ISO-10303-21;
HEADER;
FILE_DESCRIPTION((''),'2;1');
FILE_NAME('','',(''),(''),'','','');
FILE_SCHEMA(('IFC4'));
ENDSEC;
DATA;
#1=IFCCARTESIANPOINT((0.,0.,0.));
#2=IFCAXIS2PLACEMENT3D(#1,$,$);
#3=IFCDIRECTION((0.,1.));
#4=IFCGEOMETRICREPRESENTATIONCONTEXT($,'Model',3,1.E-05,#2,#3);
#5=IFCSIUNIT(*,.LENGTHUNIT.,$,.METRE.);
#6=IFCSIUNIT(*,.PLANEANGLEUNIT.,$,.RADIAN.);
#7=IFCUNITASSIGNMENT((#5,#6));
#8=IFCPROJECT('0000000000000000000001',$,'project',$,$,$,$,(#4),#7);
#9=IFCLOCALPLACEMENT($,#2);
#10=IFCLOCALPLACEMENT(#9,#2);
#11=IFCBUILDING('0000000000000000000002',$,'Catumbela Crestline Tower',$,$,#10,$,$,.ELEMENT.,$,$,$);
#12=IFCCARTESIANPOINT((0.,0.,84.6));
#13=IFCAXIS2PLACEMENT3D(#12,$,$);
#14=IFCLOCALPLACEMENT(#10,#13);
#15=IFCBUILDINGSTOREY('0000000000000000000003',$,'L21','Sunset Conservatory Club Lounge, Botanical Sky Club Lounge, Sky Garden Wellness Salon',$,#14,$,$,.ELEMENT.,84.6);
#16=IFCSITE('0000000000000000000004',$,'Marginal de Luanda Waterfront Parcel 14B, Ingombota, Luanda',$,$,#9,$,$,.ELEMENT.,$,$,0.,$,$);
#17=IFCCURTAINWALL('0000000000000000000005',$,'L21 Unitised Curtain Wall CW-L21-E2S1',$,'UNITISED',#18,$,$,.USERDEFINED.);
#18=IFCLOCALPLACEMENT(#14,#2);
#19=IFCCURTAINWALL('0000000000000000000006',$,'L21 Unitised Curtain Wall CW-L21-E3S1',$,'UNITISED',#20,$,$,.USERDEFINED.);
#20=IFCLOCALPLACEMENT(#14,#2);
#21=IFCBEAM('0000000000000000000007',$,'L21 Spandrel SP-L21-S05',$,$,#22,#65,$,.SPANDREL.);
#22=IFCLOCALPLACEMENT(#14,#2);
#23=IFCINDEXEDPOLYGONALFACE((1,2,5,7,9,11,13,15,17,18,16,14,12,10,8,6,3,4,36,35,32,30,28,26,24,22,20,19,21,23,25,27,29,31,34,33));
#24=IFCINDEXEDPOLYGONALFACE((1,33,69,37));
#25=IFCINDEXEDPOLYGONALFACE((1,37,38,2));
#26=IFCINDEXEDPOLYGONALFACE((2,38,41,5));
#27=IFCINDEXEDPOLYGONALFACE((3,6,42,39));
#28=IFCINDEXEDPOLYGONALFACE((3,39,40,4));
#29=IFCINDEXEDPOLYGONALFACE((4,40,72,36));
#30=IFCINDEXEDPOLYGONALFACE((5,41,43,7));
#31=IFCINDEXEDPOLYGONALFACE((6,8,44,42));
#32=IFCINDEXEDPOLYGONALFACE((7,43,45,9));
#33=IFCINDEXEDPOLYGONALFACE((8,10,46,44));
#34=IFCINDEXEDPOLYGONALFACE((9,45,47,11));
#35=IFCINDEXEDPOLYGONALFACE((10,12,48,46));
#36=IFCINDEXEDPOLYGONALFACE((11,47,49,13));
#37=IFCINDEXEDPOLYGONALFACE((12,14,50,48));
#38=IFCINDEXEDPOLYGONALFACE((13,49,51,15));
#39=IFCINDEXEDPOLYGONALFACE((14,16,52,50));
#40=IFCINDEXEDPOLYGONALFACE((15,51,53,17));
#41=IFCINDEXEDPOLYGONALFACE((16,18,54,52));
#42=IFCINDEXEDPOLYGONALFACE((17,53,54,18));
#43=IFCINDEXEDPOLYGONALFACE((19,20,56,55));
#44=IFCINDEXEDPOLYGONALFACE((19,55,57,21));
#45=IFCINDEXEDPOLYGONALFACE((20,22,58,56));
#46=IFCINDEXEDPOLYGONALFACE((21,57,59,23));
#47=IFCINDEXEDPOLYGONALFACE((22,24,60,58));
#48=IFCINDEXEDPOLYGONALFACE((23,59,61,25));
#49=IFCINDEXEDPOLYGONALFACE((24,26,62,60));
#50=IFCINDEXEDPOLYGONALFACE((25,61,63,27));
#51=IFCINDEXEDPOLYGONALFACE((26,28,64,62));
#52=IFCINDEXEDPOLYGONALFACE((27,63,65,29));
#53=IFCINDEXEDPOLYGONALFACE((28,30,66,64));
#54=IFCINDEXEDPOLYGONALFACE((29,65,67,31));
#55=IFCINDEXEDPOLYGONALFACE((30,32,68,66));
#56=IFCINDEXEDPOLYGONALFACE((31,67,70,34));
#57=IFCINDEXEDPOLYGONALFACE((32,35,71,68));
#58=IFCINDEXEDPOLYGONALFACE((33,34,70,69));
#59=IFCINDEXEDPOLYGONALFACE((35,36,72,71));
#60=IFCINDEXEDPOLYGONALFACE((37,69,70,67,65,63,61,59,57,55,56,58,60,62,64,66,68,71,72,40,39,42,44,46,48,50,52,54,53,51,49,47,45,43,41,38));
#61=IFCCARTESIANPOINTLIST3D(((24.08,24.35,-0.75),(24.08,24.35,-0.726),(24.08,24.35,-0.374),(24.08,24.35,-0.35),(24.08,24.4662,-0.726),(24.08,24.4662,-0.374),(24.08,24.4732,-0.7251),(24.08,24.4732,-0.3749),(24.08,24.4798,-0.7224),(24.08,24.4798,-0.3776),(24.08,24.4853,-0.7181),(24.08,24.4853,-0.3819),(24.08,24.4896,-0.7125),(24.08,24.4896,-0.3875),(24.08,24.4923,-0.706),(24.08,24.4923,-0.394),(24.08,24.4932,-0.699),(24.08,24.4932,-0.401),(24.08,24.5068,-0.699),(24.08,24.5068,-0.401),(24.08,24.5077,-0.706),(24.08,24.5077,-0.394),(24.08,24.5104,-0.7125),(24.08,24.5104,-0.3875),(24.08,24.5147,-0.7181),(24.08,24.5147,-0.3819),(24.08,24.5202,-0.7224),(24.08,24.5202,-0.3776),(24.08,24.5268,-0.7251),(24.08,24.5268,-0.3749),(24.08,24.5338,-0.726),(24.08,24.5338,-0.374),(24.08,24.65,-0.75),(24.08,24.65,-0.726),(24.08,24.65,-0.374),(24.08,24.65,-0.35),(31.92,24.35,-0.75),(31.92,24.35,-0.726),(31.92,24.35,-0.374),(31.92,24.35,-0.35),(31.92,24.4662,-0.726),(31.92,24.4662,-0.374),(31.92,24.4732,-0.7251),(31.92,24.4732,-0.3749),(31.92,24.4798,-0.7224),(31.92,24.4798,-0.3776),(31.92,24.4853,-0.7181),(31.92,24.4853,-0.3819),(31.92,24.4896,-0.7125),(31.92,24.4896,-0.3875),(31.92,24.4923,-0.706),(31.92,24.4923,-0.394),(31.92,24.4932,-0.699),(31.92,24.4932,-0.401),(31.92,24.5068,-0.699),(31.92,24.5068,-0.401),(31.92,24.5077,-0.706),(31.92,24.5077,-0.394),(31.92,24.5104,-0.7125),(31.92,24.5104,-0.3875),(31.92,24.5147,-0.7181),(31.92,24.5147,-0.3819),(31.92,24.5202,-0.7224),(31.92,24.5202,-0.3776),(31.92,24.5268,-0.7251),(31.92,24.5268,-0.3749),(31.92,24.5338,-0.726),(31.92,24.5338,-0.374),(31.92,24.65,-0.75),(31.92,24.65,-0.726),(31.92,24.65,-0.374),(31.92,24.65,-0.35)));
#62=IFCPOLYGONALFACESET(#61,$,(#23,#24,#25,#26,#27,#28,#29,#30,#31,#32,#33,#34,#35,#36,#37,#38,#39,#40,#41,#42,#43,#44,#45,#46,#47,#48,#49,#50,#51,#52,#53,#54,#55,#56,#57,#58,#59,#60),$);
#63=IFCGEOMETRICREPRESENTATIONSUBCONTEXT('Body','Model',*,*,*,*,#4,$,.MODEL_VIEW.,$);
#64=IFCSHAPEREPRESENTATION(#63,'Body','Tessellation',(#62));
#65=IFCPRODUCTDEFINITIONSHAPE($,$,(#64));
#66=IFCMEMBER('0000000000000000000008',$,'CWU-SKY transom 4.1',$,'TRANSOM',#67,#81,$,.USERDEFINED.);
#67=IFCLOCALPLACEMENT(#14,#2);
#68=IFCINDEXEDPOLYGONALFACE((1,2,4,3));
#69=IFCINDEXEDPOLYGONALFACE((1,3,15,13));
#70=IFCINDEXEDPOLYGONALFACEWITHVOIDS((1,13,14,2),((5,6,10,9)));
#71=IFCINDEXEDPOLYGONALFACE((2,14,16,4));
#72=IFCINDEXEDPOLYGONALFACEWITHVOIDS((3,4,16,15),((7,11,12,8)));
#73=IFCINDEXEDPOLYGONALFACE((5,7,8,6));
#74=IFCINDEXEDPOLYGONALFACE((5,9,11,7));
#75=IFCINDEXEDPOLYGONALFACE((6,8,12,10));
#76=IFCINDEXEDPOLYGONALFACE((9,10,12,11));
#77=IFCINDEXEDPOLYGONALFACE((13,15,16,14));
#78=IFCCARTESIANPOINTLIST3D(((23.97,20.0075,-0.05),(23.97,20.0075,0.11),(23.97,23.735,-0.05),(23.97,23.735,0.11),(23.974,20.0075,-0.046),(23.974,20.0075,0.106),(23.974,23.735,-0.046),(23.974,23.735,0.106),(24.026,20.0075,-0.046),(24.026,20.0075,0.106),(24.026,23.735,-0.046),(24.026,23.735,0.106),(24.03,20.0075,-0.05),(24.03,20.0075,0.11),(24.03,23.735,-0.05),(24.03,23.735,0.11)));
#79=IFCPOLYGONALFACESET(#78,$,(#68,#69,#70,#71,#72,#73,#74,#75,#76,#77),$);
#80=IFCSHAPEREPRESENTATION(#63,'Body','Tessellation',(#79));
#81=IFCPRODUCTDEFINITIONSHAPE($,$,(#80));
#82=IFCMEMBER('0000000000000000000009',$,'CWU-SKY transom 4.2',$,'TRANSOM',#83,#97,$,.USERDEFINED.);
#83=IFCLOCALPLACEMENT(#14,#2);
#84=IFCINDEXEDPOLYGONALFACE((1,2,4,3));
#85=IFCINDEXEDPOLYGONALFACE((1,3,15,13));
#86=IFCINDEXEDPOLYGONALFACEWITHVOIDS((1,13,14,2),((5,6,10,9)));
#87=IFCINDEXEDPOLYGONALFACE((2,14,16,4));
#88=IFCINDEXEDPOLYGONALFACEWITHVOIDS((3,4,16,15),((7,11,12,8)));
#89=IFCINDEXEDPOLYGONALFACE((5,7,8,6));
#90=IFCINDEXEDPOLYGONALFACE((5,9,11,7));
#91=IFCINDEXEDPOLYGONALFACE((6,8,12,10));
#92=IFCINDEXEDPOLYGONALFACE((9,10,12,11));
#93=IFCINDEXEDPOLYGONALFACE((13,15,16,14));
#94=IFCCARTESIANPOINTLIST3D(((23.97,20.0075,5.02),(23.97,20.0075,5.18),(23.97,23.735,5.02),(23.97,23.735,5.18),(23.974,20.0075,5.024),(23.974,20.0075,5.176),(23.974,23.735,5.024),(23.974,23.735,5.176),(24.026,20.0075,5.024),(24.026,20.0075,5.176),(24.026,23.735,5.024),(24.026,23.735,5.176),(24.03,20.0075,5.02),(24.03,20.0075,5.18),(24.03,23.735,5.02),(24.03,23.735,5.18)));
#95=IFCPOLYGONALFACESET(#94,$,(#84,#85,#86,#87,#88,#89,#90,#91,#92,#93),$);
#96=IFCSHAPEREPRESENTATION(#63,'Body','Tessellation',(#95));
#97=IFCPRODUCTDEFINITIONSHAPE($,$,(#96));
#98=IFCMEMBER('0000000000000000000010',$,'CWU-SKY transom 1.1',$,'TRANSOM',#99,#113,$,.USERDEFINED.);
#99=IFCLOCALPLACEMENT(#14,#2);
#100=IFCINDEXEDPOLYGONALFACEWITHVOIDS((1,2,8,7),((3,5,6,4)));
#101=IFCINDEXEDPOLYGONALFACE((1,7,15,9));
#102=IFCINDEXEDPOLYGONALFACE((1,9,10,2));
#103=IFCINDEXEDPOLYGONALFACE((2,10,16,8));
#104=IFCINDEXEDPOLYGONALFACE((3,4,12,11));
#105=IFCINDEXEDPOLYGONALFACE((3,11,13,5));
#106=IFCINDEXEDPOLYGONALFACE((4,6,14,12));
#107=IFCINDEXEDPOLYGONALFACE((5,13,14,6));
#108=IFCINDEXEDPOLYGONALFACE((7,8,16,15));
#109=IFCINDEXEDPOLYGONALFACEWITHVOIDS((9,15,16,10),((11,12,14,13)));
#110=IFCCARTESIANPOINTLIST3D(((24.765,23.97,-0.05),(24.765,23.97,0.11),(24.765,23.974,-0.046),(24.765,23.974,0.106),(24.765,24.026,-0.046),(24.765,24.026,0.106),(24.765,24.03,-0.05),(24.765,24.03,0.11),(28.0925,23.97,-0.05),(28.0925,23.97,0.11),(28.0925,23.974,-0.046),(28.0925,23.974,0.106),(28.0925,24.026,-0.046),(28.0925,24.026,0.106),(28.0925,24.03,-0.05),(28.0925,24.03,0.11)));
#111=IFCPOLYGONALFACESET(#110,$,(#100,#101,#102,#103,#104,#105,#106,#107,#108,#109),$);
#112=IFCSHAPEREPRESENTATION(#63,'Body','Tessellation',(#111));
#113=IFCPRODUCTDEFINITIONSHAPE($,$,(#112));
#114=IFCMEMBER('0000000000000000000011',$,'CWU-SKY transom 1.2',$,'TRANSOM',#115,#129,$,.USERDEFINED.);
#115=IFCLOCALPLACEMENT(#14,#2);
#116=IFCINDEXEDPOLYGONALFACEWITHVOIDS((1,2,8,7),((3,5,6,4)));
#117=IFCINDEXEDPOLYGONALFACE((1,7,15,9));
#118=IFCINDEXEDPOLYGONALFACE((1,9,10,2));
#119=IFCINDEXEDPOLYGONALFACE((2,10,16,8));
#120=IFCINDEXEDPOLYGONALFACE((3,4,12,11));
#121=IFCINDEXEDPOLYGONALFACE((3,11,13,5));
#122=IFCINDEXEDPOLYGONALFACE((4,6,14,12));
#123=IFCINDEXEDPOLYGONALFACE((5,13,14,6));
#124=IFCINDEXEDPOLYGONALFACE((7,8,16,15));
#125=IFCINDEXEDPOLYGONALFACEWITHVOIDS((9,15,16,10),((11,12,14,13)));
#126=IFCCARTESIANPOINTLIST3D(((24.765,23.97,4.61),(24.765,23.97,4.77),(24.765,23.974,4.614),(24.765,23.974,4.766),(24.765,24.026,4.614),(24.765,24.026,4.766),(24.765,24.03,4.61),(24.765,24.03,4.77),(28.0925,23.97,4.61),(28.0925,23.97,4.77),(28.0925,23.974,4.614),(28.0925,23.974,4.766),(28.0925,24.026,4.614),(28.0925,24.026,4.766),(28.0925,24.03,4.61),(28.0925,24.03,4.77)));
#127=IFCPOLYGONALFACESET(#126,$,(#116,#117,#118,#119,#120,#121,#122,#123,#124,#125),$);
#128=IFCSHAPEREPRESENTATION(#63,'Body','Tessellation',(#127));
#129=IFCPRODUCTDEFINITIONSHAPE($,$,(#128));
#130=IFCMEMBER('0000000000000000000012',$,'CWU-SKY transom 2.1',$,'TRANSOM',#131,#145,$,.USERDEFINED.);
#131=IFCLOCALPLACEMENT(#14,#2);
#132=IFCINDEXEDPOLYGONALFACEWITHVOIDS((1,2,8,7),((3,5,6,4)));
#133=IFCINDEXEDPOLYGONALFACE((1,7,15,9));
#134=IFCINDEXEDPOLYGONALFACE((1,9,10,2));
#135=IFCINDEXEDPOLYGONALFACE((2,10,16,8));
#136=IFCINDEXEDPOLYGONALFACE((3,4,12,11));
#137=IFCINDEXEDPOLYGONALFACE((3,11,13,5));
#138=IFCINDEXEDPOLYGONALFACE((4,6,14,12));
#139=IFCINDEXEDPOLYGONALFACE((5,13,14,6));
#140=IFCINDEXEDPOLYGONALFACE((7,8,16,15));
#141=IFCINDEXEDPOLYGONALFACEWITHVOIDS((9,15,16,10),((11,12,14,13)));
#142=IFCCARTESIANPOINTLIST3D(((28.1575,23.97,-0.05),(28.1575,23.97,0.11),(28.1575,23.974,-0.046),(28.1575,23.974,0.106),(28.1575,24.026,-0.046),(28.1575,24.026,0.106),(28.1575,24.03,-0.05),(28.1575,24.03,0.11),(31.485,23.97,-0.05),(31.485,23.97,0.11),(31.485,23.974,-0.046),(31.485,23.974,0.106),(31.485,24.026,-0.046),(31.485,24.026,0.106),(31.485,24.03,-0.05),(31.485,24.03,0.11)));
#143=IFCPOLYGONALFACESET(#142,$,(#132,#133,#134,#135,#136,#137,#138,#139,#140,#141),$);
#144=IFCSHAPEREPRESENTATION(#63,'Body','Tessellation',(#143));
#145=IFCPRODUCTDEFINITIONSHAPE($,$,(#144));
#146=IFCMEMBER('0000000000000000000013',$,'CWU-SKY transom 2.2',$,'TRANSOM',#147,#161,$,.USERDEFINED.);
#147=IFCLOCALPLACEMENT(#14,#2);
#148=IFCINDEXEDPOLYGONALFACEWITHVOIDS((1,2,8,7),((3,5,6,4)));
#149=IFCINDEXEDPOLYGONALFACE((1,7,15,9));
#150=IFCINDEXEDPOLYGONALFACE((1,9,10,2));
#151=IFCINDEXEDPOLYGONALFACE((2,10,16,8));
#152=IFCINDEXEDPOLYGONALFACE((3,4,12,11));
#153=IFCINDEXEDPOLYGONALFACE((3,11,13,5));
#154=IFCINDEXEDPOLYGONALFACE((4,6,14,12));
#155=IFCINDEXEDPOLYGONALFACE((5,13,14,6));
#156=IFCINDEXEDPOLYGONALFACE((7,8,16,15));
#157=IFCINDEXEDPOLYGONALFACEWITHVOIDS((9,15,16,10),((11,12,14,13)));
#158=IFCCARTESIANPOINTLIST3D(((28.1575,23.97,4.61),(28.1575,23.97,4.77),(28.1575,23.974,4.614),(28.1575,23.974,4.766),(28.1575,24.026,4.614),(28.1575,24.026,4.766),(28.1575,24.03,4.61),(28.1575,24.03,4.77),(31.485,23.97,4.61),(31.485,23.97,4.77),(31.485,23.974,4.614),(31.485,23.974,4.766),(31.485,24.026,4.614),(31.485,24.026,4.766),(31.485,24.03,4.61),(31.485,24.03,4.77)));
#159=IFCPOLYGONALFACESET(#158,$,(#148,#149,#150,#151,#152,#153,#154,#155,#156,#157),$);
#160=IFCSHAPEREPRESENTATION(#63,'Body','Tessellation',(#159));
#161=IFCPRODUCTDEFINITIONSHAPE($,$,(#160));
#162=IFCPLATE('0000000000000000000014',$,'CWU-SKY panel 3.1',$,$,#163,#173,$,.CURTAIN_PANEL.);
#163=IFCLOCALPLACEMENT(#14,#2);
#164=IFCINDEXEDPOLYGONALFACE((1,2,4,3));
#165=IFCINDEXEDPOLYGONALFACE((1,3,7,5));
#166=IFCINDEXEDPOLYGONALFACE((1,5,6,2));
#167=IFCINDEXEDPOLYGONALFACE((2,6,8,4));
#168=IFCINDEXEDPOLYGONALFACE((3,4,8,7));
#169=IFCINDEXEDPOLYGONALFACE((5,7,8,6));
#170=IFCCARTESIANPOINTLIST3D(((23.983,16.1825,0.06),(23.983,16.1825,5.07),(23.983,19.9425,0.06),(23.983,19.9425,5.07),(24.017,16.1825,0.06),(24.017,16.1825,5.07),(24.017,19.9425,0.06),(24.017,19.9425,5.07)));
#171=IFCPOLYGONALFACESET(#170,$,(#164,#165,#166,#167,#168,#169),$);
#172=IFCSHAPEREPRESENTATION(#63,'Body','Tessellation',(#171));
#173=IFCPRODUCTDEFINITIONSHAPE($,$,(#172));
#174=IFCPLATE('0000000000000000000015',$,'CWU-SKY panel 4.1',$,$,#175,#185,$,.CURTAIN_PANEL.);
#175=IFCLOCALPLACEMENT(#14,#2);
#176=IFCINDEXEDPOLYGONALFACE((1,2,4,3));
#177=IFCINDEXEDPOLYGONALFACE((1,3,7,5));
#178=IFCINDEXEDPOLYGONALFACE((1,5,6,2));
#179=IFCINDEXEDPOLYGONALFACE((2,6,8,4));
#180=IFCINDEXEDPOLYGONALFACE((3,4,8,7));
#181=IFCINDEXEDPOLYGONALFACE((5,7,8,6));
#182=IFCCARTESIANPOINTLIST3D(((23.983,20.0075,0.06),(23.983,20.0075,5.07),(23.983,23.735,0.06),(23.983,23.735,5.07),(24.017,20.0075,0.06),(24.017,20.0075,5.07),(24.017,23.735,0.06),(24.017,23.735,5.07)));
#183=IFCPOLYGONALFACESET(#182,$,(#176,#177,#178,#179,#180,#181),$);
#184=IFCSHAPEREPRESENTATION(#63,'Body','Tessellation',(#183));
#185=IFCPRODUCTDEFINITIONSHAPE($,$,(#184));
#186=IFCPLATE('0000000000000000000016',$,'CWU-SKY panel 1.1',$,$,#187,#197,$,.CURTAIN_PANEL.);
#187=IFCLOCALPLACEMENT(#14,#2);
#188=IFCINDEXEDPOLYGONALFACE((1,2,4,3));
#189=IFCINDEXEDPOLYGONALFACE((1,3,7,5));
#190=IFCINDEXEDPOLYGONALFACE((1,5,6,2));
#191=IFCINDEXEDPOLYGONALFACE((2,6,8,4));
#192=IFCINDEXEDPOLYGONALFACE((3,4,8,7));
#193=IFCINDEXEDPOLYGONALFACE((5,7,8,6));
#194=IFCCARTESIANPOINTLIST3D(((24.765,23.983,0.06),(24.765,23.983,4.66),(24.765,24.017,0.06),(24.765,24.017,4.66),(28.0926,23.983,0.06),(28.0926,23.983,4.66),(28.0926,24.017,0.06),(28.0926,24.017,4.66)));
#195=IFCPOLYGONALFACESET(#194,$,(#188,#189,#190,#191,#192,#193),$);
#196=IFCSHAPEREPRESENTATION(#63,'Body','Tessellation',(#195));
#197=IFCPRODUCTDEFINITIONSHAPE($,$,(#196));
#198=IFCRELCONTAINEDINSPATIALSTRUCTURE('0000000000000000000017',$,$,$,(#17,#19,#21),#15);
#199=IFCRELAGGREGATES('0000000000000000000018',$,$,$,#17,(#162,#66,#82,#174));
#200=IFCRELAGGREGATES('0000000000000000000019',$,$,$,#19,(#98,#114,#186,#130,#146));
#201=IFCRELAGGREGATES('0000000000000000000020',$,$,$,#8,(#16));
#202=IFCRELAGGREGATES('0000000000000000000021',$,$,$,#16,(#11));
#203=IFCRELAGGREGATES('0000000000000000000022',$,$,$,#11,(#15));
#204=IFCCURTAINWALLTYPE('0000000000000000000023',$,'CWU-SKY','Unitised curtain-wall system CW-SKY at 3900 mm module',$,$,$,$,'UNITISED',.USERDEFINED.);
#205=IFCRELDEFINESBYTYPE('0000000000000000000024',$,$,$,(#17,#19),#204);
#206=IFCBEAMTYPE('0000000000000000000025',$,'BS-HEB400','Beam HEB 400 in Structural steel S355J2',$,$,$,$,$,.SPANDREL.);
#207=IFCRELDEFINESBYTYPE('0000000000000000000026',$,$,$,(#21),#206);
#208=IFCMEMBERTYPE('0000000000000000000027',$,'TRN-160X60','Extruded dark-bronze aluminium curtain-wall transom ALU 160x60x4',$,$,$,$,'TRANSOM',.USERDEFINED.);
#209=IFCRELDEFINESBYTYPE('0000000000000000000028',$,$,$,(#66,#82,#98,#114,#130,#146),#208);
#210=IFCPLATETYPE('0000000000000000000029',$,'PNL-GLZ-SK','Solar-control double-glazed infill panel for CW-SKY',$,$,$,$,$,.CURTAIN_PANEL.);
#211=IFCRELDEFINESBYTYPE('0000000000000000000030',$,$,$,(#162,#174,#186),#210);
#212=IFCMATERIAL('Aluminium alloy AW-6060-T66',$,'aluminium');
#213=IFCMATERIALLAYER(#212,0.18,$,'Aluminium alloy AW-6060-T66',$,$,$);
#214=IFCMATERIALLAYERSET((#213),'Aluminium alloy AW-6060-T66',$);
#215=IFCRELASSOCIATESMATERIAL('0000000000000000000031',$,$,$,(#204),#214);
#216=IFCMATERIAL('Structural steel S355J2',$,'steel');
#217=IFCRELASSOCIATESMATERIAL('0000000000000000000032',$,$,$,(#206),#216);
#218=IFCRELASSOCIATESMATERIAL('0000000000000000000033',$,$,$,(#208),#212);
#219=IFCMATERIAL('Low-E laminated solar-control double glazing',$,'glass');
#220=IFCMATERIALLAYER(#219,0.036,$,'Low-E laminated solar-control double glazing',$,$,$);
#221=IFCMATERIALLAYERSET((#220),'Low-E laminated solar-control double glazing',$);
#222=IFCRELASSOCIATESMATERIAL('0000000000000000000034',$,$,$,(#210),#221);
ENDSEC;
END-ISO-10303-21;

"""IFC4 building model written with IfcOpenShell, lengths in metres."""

from ifc_helpers import new_model, si_unit, direction, frame, origin, origin_2d, place, context, subcontext, project, spatial, rectangle, hollow_rectangle, i_section, extrude, material, layer, layer_set, material_profile, profile_set, type_object, element, aggregate, save


model = new_model("IFC4")

# Units and contexts
model_context = context("Model", 3, precision=1e-05, world=origin(), true_north=direction((0.0, 1.0)))
body_context = subcontext(model_context, "Body", "Model", "MODEL_VIEW")
ifc_project = project(units=[si_unit("LENGTHUNIT", "METRE"), si_unit("PLANEANGLEUNIT", "RADIAN")], contexts=[model_context])

# Site, building, storey
site_placement = place(None, origin())
site = spatial("IfcSite", under=ifc_project, at=site_placement, Name="Marginal de Luanda Waterfront Parcel 14B, Ingombota, Luanda", CompositionType="ELEMENT", RefElevation=0.0)
building_placement = place(site_placement, origin())
building = spatial("IfcBuilding", under=site, at=building_placement, Name="Catumbela Crestline Tower", CompositionType="ELEMENT")
storey_placement = place(building_placement, frame((0.0, 0.0, 84.6)))
storey = spatial("IfcBuildingStorey", under=building, at=storey_placement, Name="L21", Description="Sunset Conservatory Club Lounge, Botanical Sky Club Lounge, Sky Garden Wellness Salon", CompositionType="ELEMENT", Elevation=84.6)

# Shared definitions
ifc_material_1 = material(Name="Structural steel S355J2", Category="steel")

# Curtain walls
ifc_material_2 = material(Name="Aluminium alloy AW-6060-T66", Category="aluminium")
ifc_layer_1 = layer(ifc_material_2, 0.18, Name="Aluminium alloy AW-6060-T66")
ifc_layer_set_1 = layer_set([ifc_layer_1], Name="Aluminium alloy AW-6060-T66")
curtain_wall_type = type_object("IfcCurtainWallType", Name="CWU-SKY", Description="Unitised curtain-wall system CW-SKY at 3900 mm module", ElementType="UNITISED", PredefinedType="USERDEFINED", material=ifc_layer_set_1)
curtain_wall_1_placement = place(storey_placement, origin())
curtain_wall_1 = element("IfcCurtainWall", 1, at=curtain_wall_1_placement, inside=storey, type_object=curtain_wall_type, Name="L21 Unitised Curtain Wall CW-L21-E2S1", ObjectType="UNITISED", PredefinedType="USERDEFINED")
curtain_wall_2_placement = place(storey_placement, origin())
curtain_wall_2 = element("IfcCurtainWall", 2, at=curtain_wall_2_placement, inside=storey, type_object=curtain_wall_type, Name="L21 Unitised Curtain Wall CW-L21-E3S1", ObjectType="UNITISED", PredefinedType="USERDEFINED")

# Beam
ifc_material_profile_1 = material_profile(ifc_material_1, i_section(OverallWidth=0.3, OverallDepth=0.4, WebThickness=0.0135, FlangeThickness=0.024, FilletRadius=0.027, at=origin_2d()), Name="HEB 400")
ifc_profile_set_1 = profile_set([ifc_material_profile_1], Name="Structural steel S355J2")
beam_type_1 = type_object("IfcBeamType", Name="BS-HEB400", Description="Beam HEB 400 in Structural steel S355J2", PredefinedType="SPANDREL", material=ifc_profile_set_1)
beam_placement = place(storey_placement, frame((24.08, 24.5, -0.55), z_axis=(1.0, 0.0, 0.0), x_axis=(0.0, 1.0, 0.0)))
element("IfcBeam", 3, at=beam_placement, inside=storey, type_object=beam_type_1, Name="L21 Spandrel SP-L21-S05", PredefinedType="SPANDREL", context=body_context, shape_type="SweptSolid", body=[
    extrude(i_section(OverallWidth=0.3, OverallDepth=0.4, WebThickness=0.0135, FlangeThickness=0.024, FilletRadius=0.027, at=origin_2d()), origin(), (0.0, 0.0, 1.0), 7.84),
])

# Members
ifc_material_profile_2 = material_profile(ifc_material_2, hollow_rectangle(XDim=0.06, YDim=0.16, WallThickness=0.004, at=origin_2d()), Name="ALU 160x60x4")
ifc_profile_set_2 = profile_set([ifc_material_profile_2], Name="Aluminium alloy AW-6060-T66")
member_type_1 = type_object("IfcMemberType", Name="TRN-160X60", Description="Extruded dark-bronze aluminium curtain-wall transom ALU 160x60x4", ElementType="TRANSOM", PredefinedType="USERDEFINED", material=ifc_profile_set_2)
member_1_placement = place(storey_placement, frame((24.0, 20.0075, 0.03), z_axis=(0.0, 1.0, 0.0), x_axis=(-1.0, 0.0, 0.0)))
member_1 = element("IfcMember", 4, at=member_1_placement, type_object=member_type_1, Name="CWU-SKY transom 4.1", ObjectType="TRANSOM", PredefinedType="USERDEFINED", context=body_context, shape_type="SweptSolid", body=[
    extrude(hollow_rectangle(XDim=0.06, YDim=0.16, WallThickness=0.004, at=origin_2d()), origin(), (0.0, 0.0, 1.0), 3.7275),
])
member_2_placement = place(storey_placement, frame((24.0, 20.0075, 5.1), z_axis=(0.0, 1.0, 0.0), x_axis=(-1.0, 0.0, 0.0)))
member_2 = element("IfcMember", 5, at=member_2_placement, type_object=member_type_1, Name="CWU-SKY transom 4.2", ObjectType="TRANSOM", PredefinedType="USERDEFINED", context=body_context, shape_type="SweptSolid", body=[
    extrude(hollow_rectangle(XDim=0.06, YDim=0.16, WallThickness=0.004, at=origin_2d()), origin(), (0.0, 0.0, 1.0), 3.7275),
])
member_3_placement = place(storey_placement, frame((24.765, 24.0, 0.03), z_axis=(1.0, 0.0, 0.0), x_axis=(0.0, 1.0, 0.0)))
member_3 = element("IfcMember", 6, at=member_3_placement, type_object=member_type_1, Name="CWU-SKY transom 1.1", ObjectType="TRANSOM", PredefinedType="USERDEFINED", context=body_context, shape_type="SweptSolid", body=[
    extrude(hollow_rectangle(XDim=0.06, YDim=0.16, WallThickness=0.004, at=origin_2d()), origin(), (0.0, 0.0, 1.0), 3.3275),
])
member_4_placement = place(storey_placement, frame((24.765, 24.0, 4.69), z_axis=(1.0, 0.0, 0.0), x_axis=(0.0, 1.0, 0.0)))
member_4 = element("IfcMember", 7, at=member_4_placement, type_object=member_type_1, Name="CWU-SKY transom 1.2", ObjectType="TRANSOM", PredefinedType="USERDEFINED", context=body_context, shape_type="SweptSolid", body=[
    extrude(hollow_rectangle(XDim=0.06, YDim=0.16, WallThickness=0.004, at=origin_2d()), origin(), (0.0, 0.0, 1.0), 3.3275),
])
member_5_placement = place(storey_placement, frame((28.1575, 24.0, 0.03), z_axis=(1.0, 0.0, 0.0), x_axis=(0.0, 1.0, 0.0)))
member_5 = element("IfcMember", 8, at=member_5_placement, type_object=member_type_1, Name="CWU-SKY transom 2.1", ObjectType="TRANSOM", PredefinedType="USERDEFINED", context=body_context, shape_type="SweptSolid", body=[
    extrude(hollow_rectangle(XDim=0.06, YDim=0.16, WallThickness=0.004, at=origin_2d()), origin(), (0.0, 0.0, 1.0), 3.3275),
])
member_6_placement = place(storey_placement, frame((28.1575, 24.0, 4.69), z_axis=(1.0, 0.0, 0.0), x_axis=(0.0, 1.0, 0.0)))
member_6 = element("IfcMember", 9, at=member_6_placement, type_object=member_type_1, Name="CWU-SKY transom 2.2", ObjectType="TRANSOM", PredefinedType="USERDEFINED", context=body_context, shape_type="SweptSolid", body=[
    extrude(hollow_rectangle(XDim=0.06, YDim=0.16, WallThickness=0.004, at=origin_2d()), origin(), (0.0, 0.0, 1.0), 3.3275),
])

# Plates
ifc_material_3 = material(Name="Low-E laminated solar-control double glazing", Category="glass")
ifc_layer_2 = layer(ifc_material_3, 0.036, Name="Low-E laminated solar-control double glazing")
ifc_layer_set_2 = layer_set([ifc_layer_2], Name="Low-E laminated solar-control double glazing")
plate_type = type_object("IfcPlateType", Name="PNL-GLZ-SK", Description="Solar-control double-glazed infill panel for CW-SKY", PredefinedType="CURTAIN_PANEL", material=ifc_layer_set_2)
plate_1_placement = place(storey_placement, frame((24.0, 18.0625, 0.06), z_axis=(0.0, 0.0, 1.0), x_axis=(0.0, 1.0, 0.0)))
plate_1 = element("IfcPlate", 10, at=plate_1_placement, type_object=plate_type, Name="CWU-SKY panel 3.1", PredefinedType="CURTAIN_PANEL", context=body_context, shape_type="SweptSolid", body=[
    extrude(rectangle(XDim=3.76, YDim=0.034, at=origin_2d()), origin(), (0.0, 0.0, 1.0), 5.01),
])
plate_2_placement = place(storey_placement, frame((24.0, 21.8712, 0.06), z_axis=(0.0, 0.0, 1.0), x_axis=(0.0, 1.0, 0.0)))
plate_2 = element("IfcPlate", 11, at=plate_2_placement, type_object=plate_type, Name="CWU-SKY panel 4.1", PredefinedType="CURTAIN_PANEL", context=body_context, shape_type="SweptSolid", body=[
    extrude(rectangle(XDim=3.7275, YDim=0.034, at=origin_2d()), origin(), (0.0, 0.0, 1.0), 5.01),
])
aggregate(curtain_wall_1, [plate_1, member_1, member_2, plate_2])
plate_3_placement = place(storey_placement, frame((26.4288, 24.0, 0.06), z_axis=(0.0, 0.0, 1.0), x_axis=(1.0, 0.0, 0.0)))
plate_3 = element("IfcPlate", 12, at=plate_3_placement, type_object=plate_type, Name="CWU-SKY panel 1.1", PredefinedType="CURTAIN_PANEL", context=body_context, shape_type="SweptSolid", body=[
    extrude(rectangle(XDim=3.3275, YDim=0.034, at=origin_2d()), origin(), (0.0, 0.0, 1.0), 4.6),
])
aggregate(curtain_wall_2, [member_3, member_4, plate_3, member_5, member_6])

save(model, "model.ifc")
